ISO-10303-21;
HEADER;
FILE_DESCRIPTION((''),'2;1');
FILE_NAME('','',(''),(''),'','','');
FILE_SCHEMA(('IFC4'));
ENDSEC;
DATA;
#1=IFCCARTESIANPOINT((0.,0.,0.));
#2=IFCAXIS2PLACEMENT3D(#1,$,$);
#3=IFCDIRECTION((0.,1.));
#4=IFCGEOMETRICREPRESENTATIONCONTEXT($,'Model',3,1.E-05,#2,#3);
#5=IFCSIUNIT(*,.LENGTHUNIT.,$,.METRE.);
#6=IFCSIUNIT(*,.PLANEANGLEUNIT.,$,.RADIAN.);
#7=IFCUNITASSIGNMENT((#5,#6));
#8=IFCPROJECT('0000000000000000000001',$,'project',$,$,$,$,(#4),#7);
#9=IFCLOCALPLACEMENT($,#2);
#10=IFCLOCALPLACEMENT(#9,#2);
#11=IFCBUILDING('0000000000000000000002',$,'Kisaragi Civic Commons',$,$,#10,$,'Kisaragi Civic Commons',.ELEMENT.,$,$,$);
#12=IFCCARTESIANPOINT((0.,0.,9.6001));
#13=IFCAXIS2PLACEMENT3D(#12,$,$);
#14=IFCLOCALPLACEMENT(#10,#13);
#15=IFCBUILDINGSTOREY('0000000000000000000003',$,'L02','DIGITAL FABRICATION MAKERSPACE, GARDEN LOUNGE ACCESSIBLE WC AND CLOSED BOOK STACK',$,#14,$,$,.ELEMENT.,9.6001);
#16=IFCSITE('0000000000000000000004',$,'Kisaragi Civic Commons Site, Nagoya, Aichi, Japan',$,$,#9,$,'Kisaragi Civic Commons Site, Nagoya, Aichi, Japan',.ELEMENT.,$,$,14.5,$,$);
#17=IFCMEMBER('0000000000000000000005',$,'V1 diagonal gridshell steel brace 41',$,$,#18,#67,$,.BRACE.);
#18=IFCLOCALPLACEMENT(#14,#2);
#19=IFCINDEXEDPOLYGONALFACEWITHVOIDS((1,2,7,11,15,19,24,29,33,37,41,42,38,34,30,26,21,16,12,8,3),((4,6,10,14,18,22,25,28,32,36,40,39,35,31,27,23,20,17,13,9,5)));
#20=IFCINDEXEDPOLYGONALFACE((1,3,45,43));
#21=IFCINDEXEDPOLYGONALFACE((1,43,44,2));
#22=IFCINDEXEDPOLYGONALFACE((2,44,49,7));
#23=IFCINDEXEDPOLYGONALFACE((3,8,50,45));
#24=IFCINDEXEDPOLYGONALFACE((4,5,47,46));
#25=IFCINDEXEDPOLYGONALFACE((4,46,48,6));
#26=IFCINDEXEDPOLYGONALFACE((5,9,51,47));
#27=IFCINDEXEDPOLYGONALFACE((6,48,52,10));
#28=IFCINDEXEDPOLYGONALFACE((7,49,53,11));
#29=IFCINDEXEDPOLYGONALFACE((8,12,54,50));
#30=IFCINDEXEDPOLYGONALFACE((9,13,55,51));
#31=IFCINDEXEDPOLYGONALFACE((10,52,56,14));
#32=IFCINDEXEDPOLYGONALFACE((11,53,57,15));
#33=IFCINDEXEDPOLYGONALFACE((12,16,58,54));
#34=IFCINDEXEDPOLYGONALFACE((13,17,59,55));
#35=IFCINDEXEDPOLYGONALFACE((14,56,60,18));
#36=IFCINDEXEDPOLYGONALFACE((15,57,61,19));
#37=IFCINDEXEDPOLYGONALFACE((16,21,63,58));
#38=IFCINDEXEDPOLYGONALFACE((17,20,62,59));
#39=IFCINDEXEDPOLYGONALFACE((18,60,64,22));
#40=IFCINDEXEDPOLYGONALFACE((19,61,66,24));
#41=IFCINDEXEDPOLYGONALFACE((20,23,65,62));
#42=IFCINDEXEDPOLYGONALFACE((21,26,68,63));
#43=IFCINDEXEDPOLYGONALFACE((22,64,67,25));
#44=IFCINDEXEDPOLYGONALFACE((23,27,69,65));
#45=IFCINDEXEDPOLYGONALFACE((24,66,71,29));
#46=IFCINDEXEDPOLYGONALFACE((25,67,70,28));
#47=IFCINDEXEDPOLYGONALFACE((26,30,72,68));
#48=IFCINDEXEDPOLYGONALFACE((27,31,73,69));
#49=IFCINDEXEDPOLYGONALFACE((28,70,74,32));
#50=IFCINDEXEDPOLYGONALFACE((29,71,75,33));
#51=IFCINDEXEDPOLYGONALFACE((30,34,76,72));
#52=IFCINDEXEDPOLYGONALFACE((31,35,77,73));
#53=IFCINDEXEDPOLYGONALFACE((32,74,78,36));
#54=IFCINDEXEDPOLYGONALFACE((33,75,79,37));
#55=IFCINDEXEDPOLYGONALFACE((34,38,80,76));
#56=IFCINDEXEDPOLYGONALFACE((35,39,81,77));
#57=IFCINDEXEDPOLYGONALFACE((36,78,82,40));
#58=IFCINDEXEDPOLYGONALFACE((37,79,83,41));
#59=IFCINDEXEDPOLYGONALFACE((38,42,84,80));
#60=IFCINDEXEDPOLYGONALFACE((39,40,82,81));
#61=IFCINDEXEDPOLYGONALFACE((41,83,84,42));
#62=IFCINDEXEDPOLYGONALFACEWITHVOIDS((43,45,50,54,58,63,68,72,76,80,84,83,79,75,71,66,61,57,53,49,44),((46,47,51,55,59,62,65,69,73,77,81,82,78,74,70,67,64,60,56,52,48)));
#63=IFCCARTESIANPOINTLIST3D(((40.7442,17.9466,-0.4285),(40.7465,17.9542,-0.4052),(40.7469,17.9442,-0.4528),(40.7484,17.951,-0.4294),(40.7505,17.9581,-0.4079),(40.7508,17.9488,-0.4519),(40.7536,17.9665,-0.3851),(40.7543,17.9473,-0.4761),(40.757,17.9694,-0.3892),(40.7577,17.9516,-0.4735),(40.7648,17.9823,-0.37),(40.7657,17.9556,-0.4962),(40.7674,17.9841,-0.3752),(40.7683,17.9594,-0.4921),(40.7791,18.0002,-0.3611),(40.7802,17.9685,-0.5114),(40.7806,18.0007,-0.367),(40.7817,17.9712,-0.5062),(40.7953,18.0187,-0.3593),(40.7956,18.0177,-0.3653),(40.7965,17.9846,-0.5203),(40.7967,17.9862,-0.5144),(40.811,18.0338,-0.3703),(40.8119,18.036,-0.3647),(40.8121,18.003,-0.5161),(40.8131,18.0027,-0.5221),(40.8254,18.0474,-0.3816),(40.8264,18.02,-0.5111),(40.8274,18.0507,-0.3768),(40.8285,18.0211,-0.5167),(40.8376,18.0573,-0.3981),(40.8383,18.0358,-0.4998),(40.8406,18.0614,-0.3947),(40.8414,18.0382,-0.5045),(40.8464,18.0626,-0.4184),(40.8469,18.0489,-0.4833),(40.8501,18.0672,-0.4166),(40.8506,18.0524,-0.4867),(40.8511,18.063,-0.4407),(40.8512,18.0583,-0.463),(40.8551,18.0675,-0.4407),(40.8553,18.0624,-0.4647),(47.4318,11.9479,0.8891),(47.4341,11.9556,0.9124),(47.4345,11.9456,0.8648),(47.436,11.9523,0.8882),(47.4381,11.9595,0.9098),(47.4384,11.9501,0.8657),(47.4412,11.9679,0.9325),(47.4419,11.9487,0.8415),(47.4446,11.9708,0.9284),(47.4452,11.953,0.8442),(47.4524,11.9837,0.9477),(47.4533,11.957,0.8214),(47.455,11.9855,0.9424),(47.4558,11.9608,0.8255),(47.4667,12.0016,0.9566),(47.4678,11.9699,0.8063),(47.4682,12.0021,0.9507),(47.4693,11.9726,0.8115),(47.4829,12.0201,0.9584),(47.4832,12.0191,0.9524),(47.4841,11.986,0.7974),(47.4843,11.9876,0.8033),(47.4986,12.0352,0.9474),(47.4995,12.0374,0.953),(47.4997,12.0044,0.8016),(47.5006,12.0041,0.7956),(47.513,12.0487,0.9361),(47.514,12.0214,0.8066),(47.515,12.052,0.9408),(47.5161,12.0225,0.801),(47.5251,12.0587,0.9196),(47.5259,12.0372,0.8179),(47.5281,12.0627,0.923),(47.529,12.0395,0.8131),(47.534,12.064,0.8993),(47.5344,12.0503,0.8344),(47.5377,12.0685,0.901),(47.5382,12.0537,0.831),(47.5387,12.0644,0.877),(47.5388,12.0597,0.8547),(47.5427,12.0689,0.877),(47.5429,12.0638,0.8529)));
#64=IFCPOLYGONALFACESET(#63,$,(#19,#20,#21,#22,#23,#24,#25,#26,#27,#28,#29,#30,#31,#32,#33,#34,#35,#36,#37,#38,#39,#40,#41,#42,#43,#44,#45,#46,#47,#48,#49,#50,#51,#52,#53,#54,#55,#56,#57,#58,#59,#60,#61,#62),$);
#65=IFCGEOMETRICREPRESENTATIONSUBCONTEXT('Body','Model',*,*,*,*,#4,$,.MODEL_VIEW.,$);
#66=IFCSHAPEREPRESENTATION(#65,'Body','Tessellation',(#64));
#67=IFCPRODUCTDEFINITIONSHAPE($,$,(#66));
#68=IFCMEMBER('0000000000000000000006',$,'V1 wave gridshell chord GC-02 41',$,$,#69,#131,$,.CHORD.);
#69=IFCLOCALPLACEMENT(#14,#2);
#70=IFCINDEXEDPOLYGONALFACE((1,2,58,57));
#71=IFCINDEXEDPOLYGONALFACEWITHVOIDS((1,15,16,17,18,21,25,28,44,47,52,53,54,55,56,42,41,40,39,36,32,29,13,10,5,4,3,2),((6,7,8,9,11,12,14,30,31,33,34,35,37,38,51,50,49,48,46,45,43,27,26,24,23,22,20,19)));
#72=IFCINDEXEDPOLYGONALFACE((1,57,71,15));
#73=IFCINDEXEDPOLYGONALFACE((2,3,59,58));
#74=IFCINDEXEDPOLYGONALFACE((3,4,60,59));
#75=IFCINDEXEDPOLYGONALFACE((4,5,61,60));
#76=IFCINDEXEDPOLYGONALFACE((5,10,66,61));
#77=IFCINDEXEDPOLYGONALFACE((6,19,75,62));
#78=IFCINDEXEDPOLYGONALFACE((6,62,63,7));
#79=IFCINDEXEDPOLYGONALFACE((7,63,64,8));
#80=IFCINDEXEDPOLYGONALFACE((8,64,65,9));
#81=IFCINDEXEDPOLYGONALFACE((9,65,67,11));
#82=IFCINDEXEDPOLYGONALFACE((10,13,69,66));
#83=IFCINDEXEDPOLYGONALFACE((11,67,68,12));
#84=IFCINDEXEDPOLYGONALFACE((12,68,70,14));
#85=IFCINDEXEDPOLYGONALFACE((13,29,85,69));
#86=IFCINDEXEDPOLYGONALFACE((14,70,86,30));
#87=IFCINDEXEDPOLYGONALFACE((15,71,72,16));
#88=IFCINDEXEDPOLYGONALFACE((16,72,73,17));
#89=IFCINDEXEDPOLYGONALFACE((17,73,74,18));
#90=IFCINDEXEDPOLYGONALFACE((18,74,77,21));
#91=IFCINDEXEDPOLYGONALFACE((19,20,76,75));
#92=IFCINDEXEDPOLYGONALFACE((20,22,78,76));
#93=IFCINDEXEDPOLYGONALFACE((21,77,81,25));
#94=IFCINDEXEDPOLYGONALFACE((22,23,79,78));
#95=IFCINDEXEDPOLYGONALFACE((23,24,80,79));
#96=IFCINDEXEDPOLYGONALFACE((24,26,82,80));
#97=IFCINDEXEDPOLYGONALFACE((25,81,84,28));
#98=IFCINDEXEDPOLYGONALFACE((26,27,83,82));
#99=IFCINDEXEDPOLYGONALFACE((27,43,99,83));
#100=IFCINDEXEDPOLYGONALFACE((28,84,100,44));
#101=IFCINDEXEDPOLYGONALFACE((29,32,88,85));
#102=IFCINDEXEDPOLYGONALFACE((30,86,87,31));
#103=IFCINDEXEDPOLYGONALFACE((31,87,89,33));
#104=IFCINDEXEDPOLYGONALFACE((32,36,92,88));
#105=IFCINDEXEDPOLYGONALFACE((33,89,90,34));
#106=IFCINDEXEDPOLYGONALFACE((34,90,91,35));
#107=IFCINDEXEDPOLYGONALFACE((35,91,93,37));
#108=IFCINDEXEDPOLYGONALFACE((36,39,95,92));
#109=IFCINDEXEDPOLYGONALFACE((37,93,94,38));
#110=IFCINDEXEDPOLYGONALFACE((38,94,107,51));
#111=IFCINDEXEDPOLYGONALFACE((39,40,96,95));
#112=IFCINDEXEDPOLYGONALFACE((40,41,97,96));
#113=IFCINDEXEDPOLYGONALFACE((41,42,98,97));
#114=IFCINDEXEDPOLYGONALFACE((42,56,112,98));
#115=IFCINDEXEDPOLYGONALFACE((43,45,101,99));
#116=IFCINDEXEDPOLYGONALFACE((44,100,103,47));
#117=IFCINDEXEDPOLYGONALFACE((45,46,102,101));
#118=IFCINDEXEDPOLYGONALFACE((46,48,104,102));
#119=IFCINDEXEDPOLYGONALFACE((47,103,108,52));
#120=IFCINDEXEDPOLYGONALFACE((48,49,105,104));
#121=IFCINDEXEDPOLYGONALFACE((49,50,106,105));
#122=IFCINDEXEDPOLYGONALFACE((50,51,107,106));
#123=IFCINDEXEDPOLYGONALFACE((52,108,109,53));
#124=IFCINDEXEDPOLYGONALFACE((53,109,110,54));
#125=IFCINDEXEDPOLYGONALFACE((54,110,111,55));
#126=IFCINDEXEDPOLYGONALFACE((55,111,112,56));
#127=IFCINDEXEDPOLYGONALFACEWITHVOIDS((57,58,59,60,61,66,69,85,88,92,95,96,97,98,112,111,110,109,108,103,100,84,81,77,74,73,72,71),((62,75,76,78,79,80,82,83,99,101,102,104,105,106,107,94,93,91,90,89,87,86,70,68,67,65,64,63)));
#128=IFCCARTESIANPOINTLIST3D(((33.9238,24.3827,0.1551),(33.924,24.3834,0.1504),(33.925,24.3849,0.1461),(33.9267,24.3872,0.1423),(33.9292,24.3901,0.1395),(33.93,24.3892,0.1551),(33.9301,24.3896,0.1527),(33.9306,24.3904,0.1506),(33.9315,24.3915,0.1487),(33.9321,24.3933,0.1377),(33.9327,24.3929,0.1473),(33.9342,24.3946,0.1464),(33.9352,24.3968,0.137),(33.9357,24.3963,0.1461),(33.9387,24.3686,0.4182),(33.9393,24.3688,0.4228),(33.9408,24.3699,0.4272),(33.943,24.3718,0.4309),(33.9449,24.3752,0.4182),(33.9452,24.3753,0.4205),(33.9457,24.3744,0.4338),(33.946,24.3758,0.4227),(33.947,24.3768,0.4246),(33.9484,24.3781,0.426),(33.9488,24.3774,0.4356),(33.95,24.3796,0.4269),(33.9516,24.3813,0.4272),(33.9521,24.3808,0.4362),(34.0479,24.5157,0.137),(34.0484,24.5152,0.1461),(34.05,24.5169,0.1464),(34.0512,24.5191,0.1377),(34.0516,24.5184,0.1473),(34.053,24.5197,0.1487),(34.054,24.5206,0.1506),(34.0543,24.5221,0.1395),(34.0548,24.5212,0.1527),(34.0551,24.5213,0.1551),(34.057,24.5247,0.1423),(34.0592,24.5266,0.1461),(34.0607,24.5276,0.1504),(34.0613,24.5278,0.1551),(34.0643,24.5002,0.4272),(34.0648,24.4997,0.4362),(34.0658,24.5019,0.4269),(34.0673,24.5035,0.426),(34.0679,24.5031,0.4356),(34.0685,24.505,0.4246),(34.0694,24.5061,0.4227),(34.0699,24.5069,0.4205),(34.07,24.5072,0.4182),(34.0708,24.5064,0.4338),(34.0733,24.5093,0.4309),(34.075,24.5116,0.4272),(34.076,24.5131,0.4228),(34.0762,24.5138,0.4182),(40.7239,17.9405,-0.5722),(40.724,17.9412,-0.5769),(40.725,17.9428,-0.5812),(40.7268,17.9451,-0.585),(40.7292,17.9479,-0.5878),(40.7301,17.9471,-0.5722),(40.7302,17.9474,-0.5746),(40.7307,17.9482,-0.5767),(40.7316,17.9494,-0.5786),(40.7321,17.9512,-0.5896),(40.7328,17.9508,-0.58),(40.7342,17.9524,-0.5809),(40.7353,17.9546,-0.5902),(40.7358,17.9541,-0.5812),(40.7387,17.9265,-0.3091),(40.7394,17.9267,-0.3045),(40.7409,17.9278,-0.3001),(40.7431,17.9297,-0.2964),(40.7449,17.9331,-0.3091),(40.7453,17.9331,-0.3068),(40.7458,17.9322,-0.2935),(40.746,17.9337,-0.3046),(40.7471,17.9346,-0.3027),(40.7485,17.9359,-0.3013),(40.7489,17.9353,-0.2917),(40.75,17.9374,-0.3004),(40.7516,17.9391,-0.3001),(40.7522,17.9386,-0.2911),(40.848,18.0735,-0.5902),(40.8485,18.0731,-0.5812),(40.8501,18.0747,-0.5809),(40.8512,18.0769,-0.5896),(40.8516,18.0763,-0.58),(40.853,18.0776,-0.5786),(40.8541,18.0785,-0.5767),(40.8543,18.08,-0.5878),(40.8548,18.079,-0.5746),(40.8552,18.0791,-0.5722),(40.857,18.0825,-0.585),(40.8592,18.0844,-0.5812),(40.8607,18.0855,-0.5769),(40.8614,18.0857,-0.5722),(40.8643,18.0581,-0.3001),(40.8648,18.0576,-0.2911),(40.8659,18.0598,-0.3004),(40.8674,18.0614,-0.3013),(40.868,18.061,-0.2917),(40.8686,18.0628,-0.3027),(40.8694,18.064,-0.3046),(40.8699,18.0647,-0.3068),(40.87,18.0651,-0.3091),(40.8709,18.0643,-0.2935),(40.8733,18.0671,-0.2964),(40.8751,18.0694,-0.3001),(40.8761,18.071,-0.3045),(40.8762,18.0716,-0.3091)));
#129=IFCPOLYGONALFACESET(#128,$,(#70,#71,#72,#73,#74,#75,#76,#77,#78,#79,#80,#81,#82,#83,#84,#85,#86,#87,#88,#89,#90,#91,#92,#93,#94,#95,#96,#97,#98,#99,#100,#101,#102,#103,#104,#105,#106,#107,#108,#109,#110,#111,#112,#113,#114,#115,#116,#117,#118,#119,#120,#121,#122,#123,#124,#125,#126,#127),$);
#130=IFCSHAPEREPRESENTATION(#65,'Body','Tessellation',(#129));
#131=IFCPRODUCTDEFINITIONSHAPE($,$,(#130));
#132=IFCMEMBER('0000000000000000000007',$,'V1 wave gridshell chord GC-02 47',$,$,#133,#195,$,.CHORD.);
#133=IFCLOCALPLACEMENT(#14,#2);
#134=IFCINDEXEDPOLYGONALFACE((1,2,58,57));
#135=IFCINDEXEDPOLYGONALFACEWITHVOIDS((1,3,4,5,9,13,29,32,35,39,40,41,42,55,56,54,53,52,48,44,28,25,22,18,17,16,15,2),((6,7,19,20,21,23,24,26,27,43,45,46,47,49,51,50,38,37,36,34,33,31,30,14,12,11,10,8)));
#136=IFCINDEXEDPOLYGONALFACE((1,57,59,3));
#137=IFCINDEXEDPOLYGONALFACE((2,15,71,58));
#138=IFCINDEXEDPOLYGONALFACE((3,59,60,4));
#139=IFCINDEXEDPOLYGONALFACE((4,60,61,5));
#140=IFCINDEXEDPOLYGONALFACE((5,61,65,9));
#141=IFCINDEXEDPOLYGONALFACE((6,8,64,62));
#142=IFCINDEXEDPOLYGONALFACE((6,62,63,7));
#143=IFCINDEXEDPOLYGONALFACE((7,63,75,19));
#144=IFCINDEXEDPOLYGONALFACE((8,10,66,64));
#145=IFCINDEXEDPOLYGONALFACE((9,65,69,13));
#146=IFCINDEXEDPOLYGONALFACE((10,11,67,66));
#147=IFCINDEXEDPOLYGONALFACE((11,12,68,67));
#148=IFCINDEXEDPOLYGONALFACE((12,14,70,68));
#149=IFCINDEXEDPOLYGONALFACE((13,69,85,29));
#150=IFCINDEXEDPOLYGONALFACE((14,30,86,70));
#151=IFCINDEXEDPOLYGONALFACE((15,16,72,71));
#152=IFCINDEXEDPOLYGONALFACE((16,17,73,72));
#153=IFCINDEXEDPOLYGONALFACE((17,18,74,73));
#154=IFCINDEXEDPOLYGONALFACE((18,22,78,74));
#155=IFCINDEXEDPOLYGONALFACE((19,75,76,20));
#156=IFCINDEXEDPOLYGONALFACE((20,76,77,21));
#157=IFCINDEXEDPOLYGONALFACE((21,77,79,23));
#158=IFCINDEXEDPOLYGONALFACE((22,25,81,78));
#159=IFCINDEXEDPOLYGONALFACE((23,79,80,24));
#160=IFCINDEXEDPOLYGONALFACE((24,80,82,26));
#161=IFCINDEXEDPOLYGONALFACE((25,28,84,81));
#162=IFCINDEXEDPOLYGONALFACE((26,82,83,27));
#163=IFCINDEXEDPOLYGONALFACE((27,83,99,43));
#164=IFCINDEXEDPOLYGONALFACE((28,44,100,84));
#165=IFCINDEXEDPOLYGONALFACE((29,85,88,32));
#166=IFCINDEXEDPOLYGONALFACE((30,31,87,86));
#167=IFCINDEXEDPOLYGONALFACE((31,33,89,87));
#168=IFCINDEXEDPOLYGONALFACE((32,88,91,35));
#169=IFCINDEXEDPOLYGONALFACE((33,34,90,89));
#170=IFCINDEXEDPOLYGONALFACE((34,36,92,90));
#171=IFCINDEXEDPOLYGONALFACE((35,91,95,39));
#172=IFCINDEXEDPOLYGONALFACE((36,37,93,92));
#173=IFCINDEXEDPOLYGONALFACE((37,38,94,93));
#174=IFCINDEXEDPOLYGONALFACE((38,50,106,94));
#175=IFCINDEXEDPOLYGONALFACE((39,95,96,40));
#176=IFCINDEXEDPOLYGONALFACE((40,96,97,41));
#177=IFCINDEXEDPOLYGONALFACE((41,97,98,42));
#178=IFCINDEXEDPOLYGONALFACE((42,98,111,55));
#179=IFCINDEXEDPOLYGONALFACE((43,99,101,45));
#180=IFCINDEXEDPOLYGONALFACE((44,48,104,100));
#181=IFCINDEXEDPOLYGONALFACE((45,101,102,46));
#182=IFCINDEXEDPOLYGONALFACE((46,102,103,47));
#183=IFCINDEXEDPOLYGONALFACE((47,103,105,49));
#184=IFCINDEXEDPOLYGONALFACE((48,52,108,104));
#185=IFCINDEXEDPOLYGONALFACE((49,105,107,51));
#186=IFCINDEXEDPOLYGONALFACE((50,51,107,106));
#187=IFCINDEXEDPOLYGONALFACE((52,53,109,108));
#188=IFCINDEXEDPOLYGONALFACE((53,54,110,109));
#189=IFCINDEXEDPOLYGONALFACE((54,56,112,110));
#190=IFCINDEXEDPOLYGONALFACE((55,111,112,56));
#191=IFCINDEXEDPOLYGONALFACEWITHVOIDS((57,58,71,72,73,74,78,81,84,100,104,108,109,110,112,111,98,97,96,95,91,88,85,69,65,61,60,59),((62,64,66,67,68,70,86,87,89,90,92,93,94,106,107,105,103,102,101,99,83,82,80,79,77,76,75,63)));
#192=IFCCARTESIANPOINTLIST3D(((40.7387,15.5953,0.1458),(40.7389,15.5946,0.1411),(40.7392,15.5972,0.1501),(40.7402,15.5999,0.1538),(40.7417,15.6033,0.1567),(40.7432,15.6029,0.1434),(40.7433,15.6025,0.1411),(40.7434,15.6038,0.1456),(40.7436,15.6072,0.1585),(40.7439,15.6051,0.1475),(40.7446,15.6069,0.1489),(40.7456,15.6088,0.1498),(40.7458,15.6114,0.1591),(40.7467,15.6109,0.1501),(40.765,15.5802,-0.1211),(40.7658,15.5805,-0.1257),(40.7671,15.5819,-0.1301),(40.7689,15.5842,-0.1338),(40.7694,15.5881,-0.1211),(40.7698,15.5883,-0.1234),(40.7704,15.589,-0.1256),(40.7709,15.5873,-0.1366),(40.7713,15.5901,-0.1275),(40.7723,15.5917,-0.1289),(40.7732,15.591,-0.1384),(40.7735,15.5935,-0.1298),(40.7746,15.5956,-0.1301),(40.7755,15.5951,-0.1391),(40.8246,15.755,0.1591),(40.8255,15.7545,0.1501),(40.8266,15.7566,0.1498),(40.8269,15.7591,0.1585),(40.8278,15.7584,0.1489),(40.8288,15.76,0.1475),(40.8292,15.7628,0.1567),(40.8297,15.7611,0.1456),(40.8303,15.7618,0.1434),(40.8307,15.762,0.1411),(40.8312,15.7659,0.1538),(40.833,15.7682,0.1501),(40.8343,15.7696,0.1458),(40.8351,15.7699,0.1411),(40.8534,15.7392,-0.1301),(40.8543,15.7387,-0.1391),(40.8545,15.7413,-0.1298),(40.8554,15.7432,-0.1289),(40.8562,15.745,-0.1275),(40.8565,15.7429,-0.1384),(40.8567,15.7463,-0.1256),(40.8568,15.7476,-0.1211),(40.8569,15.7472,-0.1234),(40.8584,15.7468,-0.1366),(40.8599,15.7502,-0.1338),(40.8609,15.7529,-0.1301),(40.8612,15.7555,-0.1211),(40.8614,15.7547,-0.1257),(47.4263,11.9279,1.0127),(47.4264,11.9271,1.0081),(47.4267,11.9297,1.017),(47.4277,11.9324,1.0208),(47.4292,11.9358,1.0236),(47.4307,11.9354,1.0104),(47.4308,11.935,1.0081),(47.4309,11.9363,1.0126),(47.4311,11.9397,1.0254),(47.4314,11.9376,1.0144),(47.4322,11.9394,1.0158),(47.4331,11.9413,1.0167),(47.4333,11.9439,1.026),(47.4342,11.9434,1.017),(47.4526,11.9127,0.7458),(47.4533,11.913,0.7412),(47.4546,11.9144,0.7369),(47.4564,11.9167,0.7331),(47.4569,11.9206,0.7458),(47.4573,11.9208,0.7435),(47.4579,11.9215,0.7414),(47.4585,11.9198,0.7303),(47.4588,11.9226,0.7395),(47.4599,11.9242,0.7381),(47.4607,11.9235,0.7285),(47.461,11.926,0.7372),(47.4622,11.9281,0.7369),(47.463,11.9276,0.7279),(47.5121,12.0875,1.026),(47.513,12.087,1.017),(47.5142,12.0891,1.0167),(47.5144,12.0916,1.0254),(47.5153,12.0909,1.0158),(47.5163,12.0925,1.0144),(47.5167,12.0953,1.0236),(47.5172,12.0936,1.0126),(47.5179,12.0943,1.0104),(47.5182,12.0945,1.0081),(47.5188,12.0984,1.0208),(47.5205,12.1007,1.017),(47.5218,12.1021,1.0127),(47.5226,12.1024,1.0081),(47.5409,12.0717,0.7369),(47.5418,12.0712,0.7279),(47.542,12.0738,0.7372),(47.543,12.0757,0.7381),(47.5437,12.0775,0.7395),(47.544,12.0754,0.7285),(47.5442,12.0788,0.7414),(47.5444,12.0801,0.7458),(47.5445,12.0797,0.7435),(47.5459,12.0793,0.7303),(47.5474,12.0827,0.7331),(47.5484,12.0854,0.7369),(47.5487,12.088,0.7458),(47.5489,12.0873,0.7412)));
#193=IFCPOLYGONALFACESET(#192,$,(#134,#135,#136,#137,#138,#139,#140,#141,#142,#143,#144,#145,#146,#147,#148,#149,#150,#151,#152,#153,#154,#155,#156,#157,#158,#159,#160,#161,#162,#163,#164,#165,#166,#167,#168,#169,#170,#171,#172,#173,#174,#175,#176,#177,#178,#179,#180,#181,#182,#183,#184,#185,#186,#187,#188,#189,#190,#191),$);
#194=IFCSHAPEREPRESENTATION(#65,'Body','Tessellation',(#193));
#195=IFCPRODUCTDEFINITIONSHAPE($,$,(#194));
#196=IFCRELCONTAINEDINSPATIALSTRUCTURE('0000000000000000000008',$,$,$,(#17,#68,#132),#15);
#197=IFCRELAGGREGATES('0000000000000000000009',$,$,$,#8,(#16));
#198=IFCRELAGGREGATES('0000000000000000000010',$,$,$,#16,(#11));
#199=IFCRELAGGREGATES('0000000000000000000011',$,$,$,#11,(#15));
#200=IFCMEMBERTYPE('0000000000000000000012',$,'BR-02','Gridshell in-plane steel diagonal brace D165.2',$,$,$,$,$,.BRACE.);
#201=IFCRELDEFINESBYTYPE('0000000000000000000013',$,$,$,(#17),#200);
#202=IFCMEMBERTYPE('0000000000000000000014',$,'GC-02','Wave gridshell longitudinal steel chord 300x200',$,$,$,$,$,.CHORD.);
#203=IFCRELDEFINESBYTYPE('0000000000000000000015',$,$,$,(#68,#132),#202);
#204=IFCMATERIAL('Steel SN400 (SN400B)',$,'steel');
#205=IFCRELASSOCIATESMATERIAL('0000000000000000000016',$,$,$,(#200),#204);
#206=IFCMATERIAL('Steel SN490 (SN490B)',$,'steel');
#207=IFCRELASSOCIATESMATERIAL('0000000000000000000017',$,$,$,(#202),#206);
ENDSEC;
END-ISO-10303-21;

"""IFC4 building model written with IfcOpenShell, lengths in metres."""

from ifc_helpers import new_model, si_unit, direction, frame, origin, origin_2d, place, context, subcontext, project, spatial, hollow_rectangle, hollow_circle, extrude, material, material_profile, profile_set, type_object, element, save


model = new_model("IFC4")

# Units and contexts
model_context = context("Model", 3, precision=1e-05, world=origin(), true_north=direction((0.0, 1.0)))
body_context = subcontext(model_context, "Body", "Model", "MODEL_VIEW")
ifc_project = project(units=[si_unit("LENGTHUNIT", "METRE"), si_unit("PLANEANGLEUNIT", "RADIAN")], contexts=[model_context])

# Site, building, storey
site_placement = place(None, origin())
site = spatial("IfcSite", under=ifc_project, at=site_placement, Name="Kisaragi Civic Commons Site, Nagoya, Aichi, Japan", LongName="Kisaragi Civic Commons Site, Nagoya, Aichi, Japan", CompositionType="ELEMENT", RefElevation=14.5)
building_placement = place(site_placement, origin())
building = spatial("IfcBuilding", under=site, at=building_placement, Name="Kisaragi Civic Commons", LongName="Kisaragi Civic Commons", CompositionType="ELEMENT")
storey_placement = place(building_placement, frame((0.0, 0.0, 9.6001)))
storey = spatial("IfcBuildingStorey", under=building, at=storey_placement, Name="L02", Description="DIGITAL FABRICATION MAKERSPACE, GARDEN LOUNGE ACCESSIBLE WC AND CLOSED BOOK STACK", CompositionType="ELEMENT", Elevation=9.6001)

# Members
ifc_material_1 = material(Name="Steel SN400 (SN400B)", Category="steel")
ifc_material_profile_1 = material_profile(ifc_material_1, hollow_circle(Radius=0.0825, WallThickness=0.0061, at=origin_2d()), Name="CHS-165.2x6.0", Category="steel")
ifc_profile_set_1 = profile_set([ifc_material_profile_1], Name="Steel SN400 (SN400B)")
member_type_1 = type_object("IfcMemberType", Name="BR-02", Description="Gridshell in-plane steel diagonal brace D165.2", PredefinedType="BRACE", material=ifc_profile_set_1)
member_1_placement = place(storey_placement, frame((40.8, 18.0061, -0.4407), z_axis=(0.736532, -0.660652, 0.145118), x_axis=(0.667721, 0.744412, 0.0)))
element("IfcMember", 1, at=member_1_placement, inside=storey, type_object=member_type_1, Name="V1 diagonal gridshell steel brace 41", PredefinedType="BRACE", context=body_context, shape_type="SweptSolid", body=[
    extrude(hollow_circle(Radius=0.0825, WallThickness=0.0061, at=origin_2d()), origin(), (0.0, 0.0, 1.0), 9.0798),
])
ifc_material_2 = material(Name="Steel SN490 (SN490B)", Category="steel")
ifc_material_profile_2 = material_profile(ifc_material_2, hollow_rectangle(XDim=0.2, YDim=0.3, WallThickness=0.009, InnerFilletRadius=0.009, OuterFilletRadius=0.0181, at=origin_2d()), Name="STKR-300x200x9", Category="steel")
ifc_profile_set_2 = profile_set([ifc_material_profile_2], Name="Steel SN490 (SN490B)")
member_type_2 = type_object("IfcMemberType", Name="GC-02", Description="Wave gridshell longitudinal steel chord 300x200", PredefinedType="CHORD", material=ifc_profile_set_2)
member_2_placement = place(storey_placement, frame((34.0, 24.4482, 0.2866), z_axis=(0.723775, -0.68568, -0.077411), x_axis=(0.687744, 0.725953, 0.0)))
element("IfcMember", 2, at=member_2_placement, inside=storey, type_object=member_type_2, Name="V1 wave gridshell chord GC-02 41", PredefinedType="CHORD", context=body_context, shape_type="SweptSolid", body=[
    extrude(hollow_rectangle(XDim=0.2, YDim=0.3, WallThickness=0.009, InnerFilletRadius=0.009, OuterFilletRadius=0.0181, at=origin_2d()), origin(), (0.0, 0.0, 1.0), 9.3953),
])
member_3_placement = place(storey_placement, frame((40.8, 15.675, 0.01), z_axis=(0.871195, -0.47777, 0.112939), x_axis=(0.480847, 0.876805, 0.0)))
element("IfcMember", 3, at=member_3_placement, inside=storey, type_object=member_type_2, Name="V1 wave gridshell chord GC-02 47", PredefinedType="CHORD", context=body_context, shape_type="SweptSolid", body=[
    extrude(hollow_rectangle(XDim=0.2, YDim=0.3, WallThickness=0.009, InnerFilletRadius=0.009, OuterFilletRadius=0.0181, at=origin_2d()), origin(), (0.0, 0.0, 1.0), 7.6763),
])

save(model, "model.ifc")
